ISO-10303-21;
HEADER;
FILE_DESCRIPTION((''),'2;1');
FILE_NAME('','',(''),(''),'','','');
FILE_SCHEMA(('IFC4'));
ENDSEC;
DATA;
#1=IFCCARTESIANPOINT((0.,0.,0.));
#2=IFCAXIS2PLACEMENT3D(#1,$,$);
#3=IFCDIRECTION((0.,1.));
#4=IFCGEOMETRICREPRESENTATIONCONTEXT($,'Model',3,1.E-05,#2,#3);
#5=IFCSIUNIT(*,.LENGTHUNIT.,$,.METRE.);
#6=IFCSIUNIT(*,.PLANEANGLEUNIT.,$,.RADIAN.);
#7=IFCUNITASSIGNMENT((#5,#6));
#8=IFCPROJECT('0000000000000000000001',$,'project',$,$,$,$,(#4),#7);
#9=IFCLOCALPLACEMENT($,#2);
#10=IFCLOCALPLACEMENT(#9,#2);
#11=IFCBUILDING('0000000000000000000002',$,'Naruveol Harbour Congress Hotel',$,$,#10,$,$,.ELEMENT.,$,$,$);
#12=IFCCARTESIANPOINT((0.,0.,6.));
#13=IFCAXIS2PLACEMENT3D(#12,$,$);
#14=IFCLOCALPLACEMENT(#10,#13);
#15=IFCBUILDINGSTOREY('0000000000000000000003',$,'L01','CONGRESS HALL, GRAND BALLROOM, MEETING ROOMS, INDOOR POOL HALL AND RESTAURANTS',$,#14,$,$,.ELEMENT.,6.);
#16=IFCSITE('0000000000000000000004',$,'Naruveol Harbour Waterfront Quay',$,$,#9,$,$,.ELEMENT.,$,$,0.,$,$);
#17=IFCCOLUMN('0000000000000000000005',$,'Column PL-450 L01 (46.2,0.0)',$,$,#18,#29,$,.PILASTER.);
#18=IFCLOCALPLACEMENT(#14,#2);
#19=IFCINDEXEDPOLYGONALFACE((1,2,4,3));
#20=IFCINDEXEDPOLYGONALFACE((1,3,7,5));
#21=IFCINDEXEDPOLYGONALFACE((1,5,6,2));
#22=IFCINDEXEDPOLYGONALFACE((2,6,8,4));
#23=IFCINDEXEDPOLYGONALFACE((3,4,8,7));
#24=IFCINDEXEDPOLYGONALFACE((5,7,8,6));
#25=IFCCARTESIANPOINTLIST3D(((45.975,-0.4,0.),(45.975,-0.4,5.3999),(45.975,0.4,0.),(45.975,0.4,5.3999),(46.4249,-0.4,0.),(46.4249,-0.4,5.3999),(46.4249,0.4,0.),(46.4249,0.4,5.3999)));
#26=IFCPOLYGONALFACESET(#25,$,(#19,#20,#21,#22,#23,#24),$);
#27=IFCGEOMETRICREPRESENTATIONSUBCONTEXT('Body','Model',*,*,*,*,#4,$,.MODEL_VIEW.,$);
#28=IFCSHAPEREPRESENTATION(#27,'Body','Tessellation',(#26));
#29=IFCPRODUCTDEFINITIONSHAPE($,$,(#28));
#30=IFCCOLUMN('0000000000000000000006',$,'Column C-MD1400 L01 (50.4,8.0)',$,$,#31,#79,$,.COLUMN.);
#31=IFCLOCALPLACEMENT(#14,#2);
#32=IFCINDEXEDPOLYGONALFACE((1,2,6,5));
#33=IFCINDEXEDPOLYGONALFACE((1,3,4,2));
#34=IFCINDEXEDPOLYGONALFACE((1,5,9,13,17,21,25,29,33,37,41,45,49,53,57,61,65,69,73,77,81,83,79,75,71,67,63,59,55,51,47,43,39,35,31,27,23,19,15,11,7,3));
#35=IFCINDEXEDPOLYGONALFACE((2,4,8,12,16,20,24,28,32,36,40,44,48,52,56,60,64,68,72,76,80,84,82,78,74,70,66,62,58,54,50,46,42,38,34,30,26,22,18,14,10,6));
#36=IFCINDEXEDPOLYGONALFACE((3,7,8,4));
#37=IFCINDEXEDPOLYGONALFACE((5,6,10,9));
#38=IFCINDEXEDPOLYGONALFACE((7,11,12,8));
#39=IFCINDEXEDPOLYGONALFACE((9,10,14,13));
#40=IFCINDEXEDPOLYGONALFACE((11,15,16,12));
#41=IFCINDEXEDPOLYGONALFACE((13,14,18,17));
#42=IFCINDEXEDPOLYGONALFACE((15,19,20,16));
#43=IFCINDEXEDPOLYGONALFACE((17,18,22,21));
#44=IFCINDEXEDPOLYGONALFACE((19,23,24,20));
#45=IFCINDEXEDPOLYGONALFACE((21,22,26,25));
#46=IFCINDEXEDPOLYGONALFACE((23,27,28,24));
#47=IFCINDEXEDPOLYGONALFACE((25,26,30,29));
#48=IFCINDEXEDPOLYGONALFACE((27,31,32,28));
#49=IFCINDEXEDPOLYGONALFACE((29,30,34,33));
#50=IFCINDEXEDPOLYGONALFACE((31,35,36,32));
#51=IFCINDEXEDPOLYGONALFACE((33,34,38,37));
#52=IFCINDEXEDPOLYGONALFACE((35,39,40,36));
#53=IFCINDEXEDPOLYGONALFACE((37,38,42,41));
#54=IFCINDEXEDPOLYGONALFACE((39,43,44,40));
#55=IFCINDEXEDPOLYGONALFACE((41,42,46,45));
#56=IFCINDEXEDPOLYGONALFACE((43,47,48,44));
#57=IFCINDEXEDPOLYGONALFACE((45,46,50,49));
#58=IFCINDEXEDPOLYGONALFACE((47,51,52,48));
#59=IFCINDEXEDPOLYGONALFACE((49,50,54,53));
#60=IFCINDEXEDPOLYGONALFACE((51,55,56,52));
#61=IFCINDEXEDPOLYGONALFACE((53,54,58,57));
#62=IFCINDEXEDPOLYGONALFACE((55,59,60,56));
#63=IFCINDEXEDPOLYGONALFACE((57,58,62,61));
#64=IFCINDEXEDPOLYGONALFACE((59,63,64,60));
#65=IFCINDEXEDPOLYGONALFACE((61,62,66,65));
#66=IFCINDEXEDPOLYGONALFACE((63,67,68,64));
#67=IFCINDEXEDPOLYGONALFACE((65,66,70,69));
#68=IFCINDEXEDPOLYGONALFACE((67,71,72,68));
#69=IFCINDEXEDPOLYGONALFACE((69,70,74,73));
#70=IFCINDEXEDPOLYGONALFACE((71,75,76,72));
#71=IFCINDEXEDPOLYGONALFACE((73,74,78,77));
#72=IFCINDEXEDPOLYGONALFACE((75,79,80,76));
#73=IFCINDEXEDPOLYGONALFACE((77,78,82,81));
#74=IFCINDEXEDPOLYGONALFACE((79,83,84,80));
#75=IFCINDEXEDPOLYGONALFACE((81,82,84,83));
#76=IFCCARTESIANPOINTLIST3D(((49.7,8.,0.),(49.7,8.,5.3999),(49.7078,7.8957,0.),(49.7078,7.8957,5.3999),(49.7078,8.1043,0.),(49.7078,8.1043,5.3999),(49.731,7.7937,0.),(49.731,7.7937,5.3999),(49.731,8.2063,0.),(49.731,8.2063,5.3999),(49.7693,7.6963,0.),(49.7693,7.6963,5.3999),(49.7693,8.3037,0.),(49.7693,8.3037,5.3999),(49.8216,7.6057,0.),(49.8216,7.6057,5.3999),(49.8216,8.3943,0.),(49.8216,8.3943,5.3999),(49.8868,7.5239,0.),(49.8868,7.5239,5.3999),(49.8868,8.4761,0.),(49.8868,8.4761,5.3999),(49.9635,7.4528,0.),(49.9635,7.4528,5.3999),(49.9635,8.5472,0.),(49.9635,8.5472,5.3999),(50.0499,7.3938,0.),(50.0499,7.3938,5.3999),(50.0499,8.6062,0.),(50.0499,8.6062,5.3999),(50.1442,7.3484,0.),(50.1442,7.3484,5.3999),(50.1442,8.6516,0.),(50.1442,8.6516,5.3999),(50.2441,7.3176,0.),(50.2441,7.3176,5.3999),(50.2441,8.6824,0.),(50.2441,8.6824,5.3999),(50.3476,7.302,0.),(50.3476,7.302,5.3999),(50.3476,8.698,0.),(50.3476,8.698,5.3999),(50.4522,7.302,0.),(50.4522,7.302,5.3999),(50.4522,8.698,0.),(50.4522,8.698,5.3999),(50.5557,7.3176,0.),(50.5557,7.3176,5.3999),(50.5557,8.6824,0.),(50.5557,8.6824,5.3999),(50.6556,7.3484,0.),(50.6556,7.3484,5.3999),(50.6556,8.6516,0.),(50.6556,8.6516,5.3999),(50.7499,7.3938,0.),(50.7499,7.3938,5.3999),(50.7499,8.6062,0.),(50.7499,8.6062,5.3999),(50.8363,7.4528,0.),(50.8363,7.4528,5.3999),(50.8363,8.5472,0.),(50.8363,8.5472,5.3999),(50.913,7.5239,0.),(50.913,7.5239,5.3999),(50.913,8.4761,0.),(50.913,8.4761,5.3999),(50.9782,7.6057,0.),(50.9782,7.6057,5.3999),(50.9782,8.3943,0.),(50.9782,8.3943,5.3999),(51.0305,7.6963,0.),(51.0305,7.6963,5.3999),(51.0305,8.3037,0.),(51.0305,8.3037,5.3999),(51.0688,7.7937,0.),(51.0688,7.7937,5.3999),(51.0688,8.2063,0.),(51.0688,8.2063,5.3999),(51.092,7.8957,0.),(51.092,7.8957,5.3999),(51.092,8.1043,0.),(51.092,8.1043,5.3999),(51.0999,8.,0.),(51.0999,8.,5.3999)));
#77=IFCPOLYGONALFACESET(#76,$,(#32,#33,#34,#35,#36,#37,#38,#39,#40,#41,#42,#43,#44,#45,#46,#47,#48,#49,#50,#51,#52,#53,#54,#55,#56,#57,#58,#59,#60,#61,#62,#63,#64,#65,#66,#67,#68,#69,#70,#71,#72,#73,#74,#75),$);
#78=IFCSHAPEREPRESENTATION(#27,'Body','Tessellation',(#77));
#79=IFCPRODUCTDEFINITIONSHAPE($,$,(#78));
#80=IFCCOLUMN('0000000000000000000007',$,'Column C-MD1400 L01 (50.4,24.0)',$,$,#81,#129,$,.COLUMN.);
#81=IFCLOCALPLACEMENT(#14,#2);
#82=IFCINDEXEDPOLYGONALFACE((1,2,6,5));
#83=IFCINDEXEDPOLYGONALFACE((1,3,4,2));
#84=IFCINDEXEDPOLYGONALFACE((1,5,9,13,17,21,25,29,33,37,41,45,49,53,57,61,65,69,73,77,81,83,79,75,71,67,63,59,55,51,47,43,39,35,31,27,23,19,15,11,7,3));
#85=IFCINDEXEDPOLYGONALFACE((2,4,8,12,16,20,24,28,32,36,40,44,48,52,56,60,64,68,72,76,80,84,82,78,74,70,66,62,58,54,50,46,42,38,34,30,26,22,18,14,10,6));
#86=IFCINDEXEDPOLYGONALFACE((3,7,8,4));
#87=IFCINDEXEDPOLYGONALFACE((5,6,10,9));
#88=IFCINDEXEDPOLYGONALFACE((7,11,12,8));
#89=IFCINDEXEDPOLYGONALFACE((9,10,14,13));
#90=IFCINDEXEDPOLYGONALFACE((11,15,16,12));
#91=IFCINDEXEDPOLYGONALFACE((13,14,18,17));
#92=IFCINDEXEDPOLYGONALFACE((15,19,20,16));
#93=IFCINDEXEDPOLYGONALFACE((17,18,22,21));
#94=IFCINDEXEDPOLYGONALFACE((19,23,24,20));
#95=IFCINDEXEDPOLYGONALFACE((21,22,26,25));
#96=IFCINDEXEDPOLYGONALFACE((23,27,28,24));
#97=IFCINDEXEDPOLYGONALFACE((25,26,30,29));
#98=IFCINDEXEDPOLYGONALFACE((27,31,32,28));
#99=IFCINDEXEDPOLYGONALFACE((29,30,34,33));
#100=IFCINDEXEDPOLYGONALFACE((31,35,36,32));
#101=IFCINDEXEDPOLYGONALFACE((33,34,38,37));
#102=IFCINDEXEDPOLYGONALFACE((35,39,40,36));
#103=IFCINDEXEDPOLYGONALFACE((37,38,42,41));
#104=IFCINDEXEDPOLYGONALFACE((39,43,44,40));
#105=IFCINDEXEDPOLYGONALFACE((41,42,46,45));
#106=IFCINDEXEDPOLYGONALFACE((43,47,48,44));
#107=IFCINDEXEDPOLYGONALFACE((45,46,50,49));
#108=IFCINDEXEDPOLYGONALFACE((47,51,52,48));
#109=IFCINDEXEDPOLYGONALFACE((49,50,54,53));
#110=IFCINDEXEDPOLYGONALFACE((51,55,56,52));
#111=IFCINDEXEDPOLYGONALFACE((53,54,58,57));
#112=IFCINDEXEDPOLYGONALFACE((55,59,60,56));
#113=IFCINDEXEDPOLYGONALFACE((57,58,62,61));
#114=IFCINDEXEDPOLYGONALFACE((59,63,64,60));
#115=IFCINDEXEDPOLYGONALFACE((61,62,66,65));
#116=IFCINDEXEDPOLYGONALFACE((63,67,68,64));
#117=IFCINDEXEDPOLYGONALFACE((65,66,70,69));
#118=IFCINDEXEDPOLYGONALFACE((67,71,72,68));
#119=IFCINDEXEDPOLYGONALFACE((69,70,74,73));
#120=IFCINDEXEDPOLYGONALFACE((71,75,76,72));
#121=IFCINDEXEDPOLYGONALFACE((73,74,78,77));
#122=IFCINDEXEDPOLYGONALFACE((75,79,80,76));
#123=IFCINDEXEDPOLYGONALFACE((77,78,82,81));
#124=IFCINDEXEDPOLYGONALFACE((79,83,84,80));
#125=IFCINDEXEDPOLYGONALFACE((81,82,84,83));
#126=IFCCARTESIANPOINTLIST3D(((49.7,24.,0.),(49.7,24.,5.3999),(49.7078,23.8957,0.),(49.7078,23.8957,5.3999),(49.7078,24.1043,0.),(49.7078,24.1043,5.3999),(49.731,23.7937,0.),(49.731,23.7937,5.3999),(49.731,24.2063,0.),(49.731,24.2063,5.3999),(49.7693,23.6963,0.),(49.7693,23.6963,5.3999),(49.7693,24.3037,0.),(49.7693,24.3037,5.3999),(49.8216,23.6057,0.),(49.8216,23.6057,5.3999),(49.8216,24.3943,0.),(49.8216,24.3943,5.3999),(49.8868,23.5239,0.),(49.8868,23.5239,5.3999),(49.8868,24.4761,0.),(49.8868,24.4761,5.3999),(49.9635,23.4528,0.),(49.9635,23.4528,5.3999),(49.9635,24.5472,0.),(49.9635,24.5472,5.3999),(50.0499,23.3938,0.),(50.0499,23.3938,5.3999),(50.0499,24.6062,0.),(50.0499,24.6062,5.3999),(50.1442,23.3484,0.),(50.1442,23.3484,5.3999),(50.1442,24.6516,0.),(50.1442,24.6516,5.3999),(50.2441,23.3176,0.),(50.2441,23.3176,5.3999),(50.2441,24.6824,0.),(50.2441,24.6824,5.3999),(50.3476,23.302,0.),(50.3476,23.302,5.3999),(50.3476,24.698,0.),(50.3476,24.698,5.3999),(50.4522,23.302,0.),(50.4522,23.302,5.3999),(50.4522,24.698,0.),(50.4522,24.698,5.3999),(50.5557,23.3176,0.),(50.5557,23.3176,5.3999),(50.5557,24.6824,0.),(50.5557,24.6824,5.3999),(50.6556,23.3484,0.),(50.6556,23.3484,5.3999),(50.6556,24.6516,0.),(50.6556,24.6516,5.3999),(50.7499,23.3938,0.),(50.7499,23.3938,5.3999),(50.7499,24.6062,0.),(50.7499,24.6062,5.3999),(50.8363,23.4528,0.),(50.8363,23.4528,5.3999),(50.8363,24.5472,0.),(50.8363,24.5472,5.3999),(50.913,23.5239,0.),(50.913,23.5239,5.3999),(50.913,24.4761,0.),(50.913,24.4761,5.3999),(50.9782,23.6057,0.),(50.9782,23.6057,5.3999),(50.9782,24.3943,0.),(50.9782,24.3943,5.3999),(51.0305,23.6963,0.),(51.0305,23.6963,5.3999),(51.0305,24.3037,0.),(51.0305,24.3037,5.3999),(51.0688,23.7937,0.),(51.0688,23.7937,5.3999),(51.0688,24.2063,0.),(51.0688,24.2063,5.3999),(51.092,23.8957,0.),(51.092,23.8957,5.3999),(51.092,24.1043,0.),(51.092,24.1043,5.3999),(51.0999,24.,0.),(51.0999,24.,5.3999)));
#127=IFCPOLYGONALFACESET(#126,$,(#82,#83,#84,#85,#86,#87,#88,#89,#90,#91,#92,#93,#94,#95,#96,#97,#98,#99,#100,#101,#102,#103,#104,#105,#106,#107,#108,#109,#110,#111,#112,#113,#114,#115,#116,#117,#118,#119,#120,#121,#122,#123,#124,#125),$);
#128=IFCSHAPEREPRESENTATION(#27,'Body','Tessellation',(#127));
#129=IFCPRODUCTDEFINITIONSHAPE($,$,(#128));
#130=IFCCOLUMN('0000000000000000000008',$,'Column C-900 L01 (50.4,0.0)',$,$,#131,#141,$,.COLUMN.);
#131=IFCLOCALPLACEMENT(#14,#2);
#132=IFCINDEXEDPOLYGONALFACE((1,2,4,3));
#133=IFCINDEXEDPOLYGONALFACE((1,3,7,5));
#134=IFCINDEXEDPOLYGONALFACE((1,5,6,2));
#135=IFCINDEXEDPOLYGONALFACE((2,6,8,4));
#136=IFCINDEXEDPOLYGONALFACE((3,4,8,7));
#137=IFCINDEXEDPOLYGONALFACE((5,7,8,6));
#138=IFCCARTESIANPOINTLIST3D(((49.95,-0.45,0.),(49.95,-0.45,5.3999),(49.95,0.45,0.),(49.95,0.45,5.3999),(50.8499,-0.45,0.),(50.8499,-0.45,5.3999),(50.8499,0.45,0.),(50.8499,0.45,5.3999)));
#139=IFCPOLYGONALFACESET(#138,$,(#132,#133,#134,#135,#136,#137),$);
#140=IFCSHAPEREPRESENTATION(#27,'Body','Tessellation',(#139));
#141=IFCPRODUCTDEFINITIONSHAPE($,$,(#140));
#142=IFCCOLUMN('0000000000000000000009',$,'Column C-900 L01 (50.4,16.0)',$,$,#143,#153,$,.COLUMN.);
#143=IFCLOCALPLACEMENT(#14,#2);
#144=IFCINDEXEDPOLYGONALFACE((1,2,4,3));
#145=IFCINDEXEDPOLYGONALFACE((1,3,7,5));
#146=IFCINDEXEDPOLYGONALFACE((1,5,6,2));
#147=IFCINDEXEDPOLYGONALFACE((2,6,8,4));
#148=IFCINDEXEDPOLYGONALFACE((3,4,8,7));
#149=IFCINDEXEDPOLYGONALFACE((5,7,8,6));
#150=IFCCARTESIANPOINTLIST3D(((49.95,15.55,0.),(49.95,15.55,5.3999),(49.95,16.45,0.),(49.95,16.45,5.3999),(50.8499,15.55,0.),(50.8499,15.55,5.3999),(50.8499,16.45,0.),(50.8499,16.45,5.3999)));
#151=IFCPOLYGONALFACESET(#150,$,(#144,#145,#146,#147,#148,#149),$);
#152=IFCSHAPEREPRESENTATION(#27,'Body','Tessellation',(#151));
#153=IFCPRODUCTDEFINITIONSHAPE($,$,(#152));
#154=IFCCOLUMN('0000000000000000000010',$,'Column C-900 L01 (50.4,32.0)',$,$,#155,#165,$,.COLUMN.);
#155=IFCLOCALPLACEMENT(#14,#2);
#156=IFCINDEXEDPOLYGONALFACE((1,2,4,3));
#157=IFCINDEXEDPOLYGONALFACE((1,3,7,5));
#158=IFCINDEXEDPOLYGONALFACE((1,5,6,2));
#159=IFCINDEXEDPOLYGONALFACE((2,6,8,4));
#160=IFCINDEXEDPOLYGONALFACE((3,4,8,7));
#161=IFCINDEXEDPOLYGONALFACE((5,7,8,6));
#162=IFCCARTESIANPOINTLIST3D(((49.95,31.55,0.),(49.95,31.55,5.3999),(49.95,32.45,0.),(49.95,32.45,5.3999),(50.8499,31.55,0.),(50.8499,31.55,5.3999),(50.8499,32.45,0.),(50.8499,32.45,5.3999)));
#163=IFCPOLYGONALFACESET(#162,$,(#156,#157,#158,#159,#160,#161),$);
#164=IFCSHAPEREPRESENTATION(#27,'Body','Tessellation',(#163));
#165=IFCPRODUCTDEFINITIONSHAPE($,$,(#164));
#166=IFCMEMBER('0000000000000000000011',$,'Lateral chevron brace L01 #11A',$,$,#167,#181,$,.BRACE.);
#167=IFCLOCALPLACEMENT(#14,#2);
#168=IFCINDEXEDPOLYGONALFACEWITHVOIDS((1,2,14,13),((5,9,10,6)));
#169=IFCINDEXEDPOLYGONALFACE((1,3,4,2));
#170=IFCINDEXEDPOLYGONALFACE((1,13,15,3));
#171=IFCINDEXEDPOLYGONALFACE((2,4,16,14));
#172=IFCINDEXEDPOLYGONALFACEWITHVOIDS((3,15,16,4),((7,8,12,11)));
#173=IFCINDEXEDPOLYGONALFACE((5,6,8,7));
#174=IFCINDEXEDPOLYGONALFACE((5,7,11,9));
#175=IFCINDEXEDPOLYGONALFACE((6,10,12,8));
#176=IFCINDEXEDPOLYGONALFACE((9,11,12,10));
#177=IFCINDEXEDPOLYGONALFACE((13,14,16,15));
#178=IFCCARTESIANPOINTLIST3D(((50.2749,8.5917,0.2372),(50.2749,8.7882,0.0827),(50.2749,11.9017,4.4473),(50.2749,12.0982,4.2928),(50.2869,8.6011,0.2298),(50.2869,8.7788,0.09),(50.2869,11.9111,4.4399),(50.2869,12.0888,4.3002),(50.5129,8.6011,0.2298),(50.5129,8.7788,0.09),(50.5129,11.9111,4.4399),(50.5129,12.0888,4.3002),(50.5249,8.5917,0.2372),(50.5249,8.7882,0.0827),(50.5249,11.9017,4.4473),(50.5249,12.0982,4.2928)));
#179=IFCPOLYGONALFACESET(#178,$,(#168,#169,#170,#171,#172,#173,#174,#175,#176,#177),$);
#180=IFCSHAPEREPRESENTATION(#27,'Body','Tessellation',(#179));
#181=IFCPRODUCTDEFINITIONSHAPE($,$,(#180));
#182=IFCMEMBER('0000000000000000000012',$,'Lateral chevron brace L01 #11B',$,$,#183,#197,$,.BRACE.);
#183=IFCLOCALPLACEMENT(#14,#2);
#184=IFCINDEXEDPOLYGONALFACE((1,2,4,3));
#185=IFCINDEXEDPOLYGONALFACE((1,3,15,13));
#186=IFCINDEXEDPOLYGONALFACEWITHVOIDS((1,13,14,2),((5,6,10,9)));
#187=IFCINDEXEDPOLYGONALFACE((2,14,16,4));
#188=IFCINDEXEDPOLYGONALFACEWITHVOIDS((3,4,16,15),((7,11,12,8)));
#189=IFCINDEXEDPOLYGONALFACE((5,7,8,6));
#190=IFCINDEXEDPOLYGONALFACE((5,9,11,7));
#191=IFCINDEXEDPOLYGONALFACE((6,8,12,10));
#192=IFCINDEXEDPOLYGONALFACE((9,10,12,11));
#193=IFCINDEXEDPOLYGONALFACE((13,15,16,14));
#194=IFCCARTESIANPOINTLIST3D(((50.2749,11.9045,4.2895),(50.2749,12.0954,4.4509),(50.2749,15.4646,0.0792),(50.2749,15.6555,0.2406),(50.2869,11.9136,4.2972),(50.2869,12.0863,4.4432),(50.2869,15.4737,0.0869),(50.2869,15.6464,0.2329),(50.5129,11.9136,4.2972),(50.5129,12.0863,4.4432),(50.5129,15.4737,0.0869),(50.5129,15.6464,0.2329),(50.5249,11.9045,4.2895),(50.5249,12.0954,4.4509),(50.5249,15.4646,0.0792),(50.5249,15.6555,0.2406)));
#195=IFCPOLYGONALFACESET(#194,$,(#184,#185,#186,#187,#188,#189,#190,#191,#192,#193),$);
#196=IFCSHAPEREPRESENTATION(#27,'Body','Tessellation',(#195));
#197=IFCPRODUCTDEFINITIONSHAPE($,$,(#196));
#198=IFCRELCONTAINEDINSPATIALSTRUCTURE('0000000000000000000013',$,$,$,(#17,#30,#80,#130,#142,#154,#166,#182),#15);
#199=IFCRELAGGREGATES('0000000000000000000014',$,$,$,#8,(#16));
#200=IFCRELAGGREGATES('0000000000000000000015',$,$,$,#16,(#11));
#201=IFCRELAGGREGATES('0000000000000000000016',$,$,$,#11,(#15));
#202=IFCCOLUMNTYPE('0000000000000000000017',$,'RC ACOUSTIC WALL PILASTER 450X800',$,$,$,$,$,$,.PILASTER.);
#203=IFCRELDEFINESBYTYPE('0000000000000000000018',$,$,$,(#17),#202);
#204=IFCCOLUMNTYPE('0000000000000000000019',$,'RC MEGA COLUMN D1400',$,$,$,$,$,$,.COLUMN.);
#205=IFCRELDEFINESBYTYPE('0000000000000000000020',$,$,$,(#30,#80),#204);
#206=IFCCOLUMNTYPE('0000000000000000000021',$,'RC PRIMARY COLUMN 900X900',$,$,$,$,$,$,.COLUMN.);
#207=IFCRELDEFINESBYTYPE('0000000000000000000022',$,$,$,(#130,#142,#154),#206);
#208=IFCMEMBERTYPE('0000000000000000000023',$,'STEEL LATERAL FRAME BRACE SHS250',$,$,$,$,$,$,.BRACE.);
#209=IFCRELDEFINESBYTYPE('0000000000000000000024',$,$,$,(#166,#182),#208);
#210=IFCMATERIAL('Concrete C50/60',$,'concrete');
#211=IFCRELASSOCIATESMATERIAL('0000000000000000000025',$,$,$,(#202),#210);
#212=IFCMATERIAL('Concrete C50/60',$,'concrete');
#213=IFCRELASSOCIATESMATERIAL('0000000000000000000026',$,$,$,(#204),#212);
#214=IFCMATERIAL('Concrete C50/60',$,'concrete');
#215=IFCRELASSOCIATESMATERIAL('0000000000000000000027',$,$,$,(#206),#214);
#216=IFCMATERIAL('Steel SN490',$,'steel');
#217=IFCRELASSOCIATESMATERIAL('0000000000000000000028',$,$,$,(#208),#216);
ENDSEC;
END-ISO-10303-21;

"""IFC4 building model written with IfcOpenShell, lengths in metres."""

from ifc_helpers import new_model, si_unit, direction, frame, origin, origin_2d, place, context, subcontext, project, spatial, rectangle, hollow_rectangle, circle, extrude, material, material_profile, profile_set, type_object, element, save


model = new_model("IFC4")

# Units and contexts
model_context = context("Model", 3, precision=1e-05, world=origin(), true_north=direction((0.0, 1.0)))
body_context = subcontext(model_context, "Body", "Model", "MODEL_VIEW")
ifc_project = project(units=[si_unit("LENGTHUNIT", "METRE"), si_unit("PLANEANGLEUNIT", "RADIAN")], contexts=[model_context])

# Site, building, storey
site_placement = place(None, origin())
site = spatial("IfcSite", under=ifc_project, at=site_placement, Name="Naruveol Harbour Waterfront Quay", CompositionType="ELEMENT", RefElevation=0.0)
building_placement = place(site_placement, origin())
building = spatial("IfcBuilding", under=site, at=building_placement, Name="Naruveol Harbour Congress Hotel", CompositionType="ELEMENT")
storey_placement = place(building_placement, frame((0.0, 0.0, 6.0)))
storey = spatial("IfcBuildingStorey", under=building, at=storey_placement, Name="L01", Description="CONGRESS HALL, GRAND BALLROOM, MEETING ROOMS, INDOOR POOL HALL AND RESTAURANTS", CompositionType="ELEMENT", Elevation=6.0)

# Columns
ifc_material_1 = material(Name="Concrete C50/60", Category="concrete")
ifc_material_profile_1 = material_profile(ifc_material_1, rectangle(XDim=0.45, YDim=0.8, at=origin_2d()), Name="RC-450x800")
ifc_profile_set_1 = profile_set([ifc_material_profile_1], Name="Concrete C50/60")
column_type_1 = type_object("IfcColumnType", Name="RC ACOUSTIC WALL PILASTER 450X800", PredefinedType="PILASTER", material=ifc_profile_set_1)
column_placement = place(storey_placement, frame((46.2, 0.0, 0.0), z_axis=(0.0, 0.0, 1.0), x_axis=(1.0, 0.0, 0.0)))
element("IfcColumn", 1, at=column_placement, inside=storey, type_object=column_type_1, Name="Column PL-450 L01 (46.2,0.0)", PredefinedType="PILASTER", context=body_context, shape_type="SweptSolid", body=[
    extrude(rectangle(XDim=0.45, YDim=0.8, at=origin_2d()), origin(), (0.0, 0.0, 1.0), 5.3999),
])
ifc_material_2 = material(Name="Concrete C50/60", Category="concrete")
ifc_material_profile_2 = material_profile(ifc_material_2, circle(Radius=0.7, at=origin_2d()), Name="RC-D1400")
ifc_profile_set_2 = profile_set([ifc_material_profile_2], Name="Concrete C50/60")
column_type_2 = type_object("IfcColumnType", Name="RC MEGA COLUMN D1400", PredefinedType="COLUMN", material=ifc_profile_set_2)
for number, where, z_axis, x_axis, name in (
    (2, (50.3999, 8.0, 0.0), (0.0, 0.0, 1.0), (1.0, 0.0, 0.0), "Column C-MD1400 L01 (50.4,8.0)"),
    (3, (50.3999, 24.0, 0.0), (0.0, 0.0, 1.0), (1.0, 0.0, 0.0), "Column C-MD1400 L01 (50.4,24.0)"),
):
    element("IfcColumn", number, at=place(storey_placement, frame(where, z_axis=z_axis, x_axis=x_axis)), inside=storey, type_object=column_type_2, Name=name, PredefinedType="COLUMN", context=body_context, shape_type="SweptSolid", body=[
        extrude(circle(Radius=0.7, at=origin_2d()), origin(), (0.0, 0.0, 1.0), 5.3999),
    ])
ifc_material_3 = material(Name="Concrete C50/60", Category="concrete")
ifc_material_profile_3 = material_profile(ifc_material_3, rectangle(XDim=0.8999, YDim=0.8999, at=origin_2d()), Name="RC-900x900")
ifc_profile_set_3 = profile_set([ifc_material_profile_3], Name="Concrete C50/60")
column_type_3 = type_object("IfcColumnType", Name="RC PRIMARY COLUMN 900X900", PredefinedType="COLUMN", material=ifc_profile_set_3)
for number, where, z_axis, x_axis, name in (
    (4, (50.3999, 0.0, 0.0), (0.0, 0.0, 1.0), (1.0, 0.0, 0.0), "Column C-900 L01 (50.4,0.0)"),
    (5, (50.3999, 16.0, 0.0), (0.0, 0.0, 1.0), (1.0, 0.0, 0.0), "Column C-900 L01 (50.4,16.0)"),
    (6, (50.3999, 32.0, 0.0), (0.0, 0.0, 1.0), (1.0, 0.0, 0.0), "Column C-900 L01 (50.4,32.0)"),
):
    element("IfcColumn", number, at=place(storey_placement, frame(where, z_axis=z_axis, x_axis=x_axis)), inside=storey, type_object=column_type_3, Name=name, PredefinedType="COLUMN", context=body_context, shape_type="SweptSolid", body=[
        extrude(rectangle(XDim=0.8999, YDim=0.8999, at=origin_2d()), origin(), (0.0, 0.0, 1.0), 5.3999),
    ])

# Members
ifc_material_4 = material(Name="Steel SN490", Category="steel")
ifc_material_profile_4 = material_profile(ifc_material_4, hollow_rectangle(XDim=0.25, YDim=0.25, WallThickness=0.012, at=origin_2d()), Name="SHS-250x250x12")
ifc_profile_set_4 = profile_set([ifc_material_profile_4], Name="Steel SN490")
member_type = type_object("IfcMemberType", Name="STEEL LATERAL FRAME BRACE SHS250", PredefinedType="BRACE", material=ifc_profile_set_4)
member_1_placement = place(storey_placement, frame((50.3999, 8.6899, 0.1599), z_axis=(0.0, 0.618057, 0.786133), x_axis=(-1.0, 0.0, 0.0)))
element("IfcMember", 7, at=member_1_placement, inside=storey, type_object=member_type, Name="Lateral chevron brace L01 #11A", PredefinedType="BRACE", context=body_context, shape_type="SweptSolid", body=[
    extrude(hollow_rectangle(XDim=0.25, YDim=0.25, WallThickness=0.012, at=origin_2d()), origin(), (0.0, 0.0, 1.0), 5.3555),
])
member_2_placement = place(storey_placement, frame((50.3999, 15.5601, 0.1599), z_axis=(0.0, -0.645686, 0.763603), x_axis=(1.0, 0.0, 0.0)))
element("IfcMember", 8, at=member_2_placement, inside=storey, type_object=member_type, Name="Lateral chevron brace L01 #11B", PredefinedType="BRACE", context=body_context, shape_type="SweptSolid", body=[
    extrude(hollow_rectangle(XDim=0.25, YDim=0.25, WallThickness=0.012, at=origin_2d()), origin(), (0.0, 0.0, 1.0), 5.5137),
])

save(model, "model.ifc")
